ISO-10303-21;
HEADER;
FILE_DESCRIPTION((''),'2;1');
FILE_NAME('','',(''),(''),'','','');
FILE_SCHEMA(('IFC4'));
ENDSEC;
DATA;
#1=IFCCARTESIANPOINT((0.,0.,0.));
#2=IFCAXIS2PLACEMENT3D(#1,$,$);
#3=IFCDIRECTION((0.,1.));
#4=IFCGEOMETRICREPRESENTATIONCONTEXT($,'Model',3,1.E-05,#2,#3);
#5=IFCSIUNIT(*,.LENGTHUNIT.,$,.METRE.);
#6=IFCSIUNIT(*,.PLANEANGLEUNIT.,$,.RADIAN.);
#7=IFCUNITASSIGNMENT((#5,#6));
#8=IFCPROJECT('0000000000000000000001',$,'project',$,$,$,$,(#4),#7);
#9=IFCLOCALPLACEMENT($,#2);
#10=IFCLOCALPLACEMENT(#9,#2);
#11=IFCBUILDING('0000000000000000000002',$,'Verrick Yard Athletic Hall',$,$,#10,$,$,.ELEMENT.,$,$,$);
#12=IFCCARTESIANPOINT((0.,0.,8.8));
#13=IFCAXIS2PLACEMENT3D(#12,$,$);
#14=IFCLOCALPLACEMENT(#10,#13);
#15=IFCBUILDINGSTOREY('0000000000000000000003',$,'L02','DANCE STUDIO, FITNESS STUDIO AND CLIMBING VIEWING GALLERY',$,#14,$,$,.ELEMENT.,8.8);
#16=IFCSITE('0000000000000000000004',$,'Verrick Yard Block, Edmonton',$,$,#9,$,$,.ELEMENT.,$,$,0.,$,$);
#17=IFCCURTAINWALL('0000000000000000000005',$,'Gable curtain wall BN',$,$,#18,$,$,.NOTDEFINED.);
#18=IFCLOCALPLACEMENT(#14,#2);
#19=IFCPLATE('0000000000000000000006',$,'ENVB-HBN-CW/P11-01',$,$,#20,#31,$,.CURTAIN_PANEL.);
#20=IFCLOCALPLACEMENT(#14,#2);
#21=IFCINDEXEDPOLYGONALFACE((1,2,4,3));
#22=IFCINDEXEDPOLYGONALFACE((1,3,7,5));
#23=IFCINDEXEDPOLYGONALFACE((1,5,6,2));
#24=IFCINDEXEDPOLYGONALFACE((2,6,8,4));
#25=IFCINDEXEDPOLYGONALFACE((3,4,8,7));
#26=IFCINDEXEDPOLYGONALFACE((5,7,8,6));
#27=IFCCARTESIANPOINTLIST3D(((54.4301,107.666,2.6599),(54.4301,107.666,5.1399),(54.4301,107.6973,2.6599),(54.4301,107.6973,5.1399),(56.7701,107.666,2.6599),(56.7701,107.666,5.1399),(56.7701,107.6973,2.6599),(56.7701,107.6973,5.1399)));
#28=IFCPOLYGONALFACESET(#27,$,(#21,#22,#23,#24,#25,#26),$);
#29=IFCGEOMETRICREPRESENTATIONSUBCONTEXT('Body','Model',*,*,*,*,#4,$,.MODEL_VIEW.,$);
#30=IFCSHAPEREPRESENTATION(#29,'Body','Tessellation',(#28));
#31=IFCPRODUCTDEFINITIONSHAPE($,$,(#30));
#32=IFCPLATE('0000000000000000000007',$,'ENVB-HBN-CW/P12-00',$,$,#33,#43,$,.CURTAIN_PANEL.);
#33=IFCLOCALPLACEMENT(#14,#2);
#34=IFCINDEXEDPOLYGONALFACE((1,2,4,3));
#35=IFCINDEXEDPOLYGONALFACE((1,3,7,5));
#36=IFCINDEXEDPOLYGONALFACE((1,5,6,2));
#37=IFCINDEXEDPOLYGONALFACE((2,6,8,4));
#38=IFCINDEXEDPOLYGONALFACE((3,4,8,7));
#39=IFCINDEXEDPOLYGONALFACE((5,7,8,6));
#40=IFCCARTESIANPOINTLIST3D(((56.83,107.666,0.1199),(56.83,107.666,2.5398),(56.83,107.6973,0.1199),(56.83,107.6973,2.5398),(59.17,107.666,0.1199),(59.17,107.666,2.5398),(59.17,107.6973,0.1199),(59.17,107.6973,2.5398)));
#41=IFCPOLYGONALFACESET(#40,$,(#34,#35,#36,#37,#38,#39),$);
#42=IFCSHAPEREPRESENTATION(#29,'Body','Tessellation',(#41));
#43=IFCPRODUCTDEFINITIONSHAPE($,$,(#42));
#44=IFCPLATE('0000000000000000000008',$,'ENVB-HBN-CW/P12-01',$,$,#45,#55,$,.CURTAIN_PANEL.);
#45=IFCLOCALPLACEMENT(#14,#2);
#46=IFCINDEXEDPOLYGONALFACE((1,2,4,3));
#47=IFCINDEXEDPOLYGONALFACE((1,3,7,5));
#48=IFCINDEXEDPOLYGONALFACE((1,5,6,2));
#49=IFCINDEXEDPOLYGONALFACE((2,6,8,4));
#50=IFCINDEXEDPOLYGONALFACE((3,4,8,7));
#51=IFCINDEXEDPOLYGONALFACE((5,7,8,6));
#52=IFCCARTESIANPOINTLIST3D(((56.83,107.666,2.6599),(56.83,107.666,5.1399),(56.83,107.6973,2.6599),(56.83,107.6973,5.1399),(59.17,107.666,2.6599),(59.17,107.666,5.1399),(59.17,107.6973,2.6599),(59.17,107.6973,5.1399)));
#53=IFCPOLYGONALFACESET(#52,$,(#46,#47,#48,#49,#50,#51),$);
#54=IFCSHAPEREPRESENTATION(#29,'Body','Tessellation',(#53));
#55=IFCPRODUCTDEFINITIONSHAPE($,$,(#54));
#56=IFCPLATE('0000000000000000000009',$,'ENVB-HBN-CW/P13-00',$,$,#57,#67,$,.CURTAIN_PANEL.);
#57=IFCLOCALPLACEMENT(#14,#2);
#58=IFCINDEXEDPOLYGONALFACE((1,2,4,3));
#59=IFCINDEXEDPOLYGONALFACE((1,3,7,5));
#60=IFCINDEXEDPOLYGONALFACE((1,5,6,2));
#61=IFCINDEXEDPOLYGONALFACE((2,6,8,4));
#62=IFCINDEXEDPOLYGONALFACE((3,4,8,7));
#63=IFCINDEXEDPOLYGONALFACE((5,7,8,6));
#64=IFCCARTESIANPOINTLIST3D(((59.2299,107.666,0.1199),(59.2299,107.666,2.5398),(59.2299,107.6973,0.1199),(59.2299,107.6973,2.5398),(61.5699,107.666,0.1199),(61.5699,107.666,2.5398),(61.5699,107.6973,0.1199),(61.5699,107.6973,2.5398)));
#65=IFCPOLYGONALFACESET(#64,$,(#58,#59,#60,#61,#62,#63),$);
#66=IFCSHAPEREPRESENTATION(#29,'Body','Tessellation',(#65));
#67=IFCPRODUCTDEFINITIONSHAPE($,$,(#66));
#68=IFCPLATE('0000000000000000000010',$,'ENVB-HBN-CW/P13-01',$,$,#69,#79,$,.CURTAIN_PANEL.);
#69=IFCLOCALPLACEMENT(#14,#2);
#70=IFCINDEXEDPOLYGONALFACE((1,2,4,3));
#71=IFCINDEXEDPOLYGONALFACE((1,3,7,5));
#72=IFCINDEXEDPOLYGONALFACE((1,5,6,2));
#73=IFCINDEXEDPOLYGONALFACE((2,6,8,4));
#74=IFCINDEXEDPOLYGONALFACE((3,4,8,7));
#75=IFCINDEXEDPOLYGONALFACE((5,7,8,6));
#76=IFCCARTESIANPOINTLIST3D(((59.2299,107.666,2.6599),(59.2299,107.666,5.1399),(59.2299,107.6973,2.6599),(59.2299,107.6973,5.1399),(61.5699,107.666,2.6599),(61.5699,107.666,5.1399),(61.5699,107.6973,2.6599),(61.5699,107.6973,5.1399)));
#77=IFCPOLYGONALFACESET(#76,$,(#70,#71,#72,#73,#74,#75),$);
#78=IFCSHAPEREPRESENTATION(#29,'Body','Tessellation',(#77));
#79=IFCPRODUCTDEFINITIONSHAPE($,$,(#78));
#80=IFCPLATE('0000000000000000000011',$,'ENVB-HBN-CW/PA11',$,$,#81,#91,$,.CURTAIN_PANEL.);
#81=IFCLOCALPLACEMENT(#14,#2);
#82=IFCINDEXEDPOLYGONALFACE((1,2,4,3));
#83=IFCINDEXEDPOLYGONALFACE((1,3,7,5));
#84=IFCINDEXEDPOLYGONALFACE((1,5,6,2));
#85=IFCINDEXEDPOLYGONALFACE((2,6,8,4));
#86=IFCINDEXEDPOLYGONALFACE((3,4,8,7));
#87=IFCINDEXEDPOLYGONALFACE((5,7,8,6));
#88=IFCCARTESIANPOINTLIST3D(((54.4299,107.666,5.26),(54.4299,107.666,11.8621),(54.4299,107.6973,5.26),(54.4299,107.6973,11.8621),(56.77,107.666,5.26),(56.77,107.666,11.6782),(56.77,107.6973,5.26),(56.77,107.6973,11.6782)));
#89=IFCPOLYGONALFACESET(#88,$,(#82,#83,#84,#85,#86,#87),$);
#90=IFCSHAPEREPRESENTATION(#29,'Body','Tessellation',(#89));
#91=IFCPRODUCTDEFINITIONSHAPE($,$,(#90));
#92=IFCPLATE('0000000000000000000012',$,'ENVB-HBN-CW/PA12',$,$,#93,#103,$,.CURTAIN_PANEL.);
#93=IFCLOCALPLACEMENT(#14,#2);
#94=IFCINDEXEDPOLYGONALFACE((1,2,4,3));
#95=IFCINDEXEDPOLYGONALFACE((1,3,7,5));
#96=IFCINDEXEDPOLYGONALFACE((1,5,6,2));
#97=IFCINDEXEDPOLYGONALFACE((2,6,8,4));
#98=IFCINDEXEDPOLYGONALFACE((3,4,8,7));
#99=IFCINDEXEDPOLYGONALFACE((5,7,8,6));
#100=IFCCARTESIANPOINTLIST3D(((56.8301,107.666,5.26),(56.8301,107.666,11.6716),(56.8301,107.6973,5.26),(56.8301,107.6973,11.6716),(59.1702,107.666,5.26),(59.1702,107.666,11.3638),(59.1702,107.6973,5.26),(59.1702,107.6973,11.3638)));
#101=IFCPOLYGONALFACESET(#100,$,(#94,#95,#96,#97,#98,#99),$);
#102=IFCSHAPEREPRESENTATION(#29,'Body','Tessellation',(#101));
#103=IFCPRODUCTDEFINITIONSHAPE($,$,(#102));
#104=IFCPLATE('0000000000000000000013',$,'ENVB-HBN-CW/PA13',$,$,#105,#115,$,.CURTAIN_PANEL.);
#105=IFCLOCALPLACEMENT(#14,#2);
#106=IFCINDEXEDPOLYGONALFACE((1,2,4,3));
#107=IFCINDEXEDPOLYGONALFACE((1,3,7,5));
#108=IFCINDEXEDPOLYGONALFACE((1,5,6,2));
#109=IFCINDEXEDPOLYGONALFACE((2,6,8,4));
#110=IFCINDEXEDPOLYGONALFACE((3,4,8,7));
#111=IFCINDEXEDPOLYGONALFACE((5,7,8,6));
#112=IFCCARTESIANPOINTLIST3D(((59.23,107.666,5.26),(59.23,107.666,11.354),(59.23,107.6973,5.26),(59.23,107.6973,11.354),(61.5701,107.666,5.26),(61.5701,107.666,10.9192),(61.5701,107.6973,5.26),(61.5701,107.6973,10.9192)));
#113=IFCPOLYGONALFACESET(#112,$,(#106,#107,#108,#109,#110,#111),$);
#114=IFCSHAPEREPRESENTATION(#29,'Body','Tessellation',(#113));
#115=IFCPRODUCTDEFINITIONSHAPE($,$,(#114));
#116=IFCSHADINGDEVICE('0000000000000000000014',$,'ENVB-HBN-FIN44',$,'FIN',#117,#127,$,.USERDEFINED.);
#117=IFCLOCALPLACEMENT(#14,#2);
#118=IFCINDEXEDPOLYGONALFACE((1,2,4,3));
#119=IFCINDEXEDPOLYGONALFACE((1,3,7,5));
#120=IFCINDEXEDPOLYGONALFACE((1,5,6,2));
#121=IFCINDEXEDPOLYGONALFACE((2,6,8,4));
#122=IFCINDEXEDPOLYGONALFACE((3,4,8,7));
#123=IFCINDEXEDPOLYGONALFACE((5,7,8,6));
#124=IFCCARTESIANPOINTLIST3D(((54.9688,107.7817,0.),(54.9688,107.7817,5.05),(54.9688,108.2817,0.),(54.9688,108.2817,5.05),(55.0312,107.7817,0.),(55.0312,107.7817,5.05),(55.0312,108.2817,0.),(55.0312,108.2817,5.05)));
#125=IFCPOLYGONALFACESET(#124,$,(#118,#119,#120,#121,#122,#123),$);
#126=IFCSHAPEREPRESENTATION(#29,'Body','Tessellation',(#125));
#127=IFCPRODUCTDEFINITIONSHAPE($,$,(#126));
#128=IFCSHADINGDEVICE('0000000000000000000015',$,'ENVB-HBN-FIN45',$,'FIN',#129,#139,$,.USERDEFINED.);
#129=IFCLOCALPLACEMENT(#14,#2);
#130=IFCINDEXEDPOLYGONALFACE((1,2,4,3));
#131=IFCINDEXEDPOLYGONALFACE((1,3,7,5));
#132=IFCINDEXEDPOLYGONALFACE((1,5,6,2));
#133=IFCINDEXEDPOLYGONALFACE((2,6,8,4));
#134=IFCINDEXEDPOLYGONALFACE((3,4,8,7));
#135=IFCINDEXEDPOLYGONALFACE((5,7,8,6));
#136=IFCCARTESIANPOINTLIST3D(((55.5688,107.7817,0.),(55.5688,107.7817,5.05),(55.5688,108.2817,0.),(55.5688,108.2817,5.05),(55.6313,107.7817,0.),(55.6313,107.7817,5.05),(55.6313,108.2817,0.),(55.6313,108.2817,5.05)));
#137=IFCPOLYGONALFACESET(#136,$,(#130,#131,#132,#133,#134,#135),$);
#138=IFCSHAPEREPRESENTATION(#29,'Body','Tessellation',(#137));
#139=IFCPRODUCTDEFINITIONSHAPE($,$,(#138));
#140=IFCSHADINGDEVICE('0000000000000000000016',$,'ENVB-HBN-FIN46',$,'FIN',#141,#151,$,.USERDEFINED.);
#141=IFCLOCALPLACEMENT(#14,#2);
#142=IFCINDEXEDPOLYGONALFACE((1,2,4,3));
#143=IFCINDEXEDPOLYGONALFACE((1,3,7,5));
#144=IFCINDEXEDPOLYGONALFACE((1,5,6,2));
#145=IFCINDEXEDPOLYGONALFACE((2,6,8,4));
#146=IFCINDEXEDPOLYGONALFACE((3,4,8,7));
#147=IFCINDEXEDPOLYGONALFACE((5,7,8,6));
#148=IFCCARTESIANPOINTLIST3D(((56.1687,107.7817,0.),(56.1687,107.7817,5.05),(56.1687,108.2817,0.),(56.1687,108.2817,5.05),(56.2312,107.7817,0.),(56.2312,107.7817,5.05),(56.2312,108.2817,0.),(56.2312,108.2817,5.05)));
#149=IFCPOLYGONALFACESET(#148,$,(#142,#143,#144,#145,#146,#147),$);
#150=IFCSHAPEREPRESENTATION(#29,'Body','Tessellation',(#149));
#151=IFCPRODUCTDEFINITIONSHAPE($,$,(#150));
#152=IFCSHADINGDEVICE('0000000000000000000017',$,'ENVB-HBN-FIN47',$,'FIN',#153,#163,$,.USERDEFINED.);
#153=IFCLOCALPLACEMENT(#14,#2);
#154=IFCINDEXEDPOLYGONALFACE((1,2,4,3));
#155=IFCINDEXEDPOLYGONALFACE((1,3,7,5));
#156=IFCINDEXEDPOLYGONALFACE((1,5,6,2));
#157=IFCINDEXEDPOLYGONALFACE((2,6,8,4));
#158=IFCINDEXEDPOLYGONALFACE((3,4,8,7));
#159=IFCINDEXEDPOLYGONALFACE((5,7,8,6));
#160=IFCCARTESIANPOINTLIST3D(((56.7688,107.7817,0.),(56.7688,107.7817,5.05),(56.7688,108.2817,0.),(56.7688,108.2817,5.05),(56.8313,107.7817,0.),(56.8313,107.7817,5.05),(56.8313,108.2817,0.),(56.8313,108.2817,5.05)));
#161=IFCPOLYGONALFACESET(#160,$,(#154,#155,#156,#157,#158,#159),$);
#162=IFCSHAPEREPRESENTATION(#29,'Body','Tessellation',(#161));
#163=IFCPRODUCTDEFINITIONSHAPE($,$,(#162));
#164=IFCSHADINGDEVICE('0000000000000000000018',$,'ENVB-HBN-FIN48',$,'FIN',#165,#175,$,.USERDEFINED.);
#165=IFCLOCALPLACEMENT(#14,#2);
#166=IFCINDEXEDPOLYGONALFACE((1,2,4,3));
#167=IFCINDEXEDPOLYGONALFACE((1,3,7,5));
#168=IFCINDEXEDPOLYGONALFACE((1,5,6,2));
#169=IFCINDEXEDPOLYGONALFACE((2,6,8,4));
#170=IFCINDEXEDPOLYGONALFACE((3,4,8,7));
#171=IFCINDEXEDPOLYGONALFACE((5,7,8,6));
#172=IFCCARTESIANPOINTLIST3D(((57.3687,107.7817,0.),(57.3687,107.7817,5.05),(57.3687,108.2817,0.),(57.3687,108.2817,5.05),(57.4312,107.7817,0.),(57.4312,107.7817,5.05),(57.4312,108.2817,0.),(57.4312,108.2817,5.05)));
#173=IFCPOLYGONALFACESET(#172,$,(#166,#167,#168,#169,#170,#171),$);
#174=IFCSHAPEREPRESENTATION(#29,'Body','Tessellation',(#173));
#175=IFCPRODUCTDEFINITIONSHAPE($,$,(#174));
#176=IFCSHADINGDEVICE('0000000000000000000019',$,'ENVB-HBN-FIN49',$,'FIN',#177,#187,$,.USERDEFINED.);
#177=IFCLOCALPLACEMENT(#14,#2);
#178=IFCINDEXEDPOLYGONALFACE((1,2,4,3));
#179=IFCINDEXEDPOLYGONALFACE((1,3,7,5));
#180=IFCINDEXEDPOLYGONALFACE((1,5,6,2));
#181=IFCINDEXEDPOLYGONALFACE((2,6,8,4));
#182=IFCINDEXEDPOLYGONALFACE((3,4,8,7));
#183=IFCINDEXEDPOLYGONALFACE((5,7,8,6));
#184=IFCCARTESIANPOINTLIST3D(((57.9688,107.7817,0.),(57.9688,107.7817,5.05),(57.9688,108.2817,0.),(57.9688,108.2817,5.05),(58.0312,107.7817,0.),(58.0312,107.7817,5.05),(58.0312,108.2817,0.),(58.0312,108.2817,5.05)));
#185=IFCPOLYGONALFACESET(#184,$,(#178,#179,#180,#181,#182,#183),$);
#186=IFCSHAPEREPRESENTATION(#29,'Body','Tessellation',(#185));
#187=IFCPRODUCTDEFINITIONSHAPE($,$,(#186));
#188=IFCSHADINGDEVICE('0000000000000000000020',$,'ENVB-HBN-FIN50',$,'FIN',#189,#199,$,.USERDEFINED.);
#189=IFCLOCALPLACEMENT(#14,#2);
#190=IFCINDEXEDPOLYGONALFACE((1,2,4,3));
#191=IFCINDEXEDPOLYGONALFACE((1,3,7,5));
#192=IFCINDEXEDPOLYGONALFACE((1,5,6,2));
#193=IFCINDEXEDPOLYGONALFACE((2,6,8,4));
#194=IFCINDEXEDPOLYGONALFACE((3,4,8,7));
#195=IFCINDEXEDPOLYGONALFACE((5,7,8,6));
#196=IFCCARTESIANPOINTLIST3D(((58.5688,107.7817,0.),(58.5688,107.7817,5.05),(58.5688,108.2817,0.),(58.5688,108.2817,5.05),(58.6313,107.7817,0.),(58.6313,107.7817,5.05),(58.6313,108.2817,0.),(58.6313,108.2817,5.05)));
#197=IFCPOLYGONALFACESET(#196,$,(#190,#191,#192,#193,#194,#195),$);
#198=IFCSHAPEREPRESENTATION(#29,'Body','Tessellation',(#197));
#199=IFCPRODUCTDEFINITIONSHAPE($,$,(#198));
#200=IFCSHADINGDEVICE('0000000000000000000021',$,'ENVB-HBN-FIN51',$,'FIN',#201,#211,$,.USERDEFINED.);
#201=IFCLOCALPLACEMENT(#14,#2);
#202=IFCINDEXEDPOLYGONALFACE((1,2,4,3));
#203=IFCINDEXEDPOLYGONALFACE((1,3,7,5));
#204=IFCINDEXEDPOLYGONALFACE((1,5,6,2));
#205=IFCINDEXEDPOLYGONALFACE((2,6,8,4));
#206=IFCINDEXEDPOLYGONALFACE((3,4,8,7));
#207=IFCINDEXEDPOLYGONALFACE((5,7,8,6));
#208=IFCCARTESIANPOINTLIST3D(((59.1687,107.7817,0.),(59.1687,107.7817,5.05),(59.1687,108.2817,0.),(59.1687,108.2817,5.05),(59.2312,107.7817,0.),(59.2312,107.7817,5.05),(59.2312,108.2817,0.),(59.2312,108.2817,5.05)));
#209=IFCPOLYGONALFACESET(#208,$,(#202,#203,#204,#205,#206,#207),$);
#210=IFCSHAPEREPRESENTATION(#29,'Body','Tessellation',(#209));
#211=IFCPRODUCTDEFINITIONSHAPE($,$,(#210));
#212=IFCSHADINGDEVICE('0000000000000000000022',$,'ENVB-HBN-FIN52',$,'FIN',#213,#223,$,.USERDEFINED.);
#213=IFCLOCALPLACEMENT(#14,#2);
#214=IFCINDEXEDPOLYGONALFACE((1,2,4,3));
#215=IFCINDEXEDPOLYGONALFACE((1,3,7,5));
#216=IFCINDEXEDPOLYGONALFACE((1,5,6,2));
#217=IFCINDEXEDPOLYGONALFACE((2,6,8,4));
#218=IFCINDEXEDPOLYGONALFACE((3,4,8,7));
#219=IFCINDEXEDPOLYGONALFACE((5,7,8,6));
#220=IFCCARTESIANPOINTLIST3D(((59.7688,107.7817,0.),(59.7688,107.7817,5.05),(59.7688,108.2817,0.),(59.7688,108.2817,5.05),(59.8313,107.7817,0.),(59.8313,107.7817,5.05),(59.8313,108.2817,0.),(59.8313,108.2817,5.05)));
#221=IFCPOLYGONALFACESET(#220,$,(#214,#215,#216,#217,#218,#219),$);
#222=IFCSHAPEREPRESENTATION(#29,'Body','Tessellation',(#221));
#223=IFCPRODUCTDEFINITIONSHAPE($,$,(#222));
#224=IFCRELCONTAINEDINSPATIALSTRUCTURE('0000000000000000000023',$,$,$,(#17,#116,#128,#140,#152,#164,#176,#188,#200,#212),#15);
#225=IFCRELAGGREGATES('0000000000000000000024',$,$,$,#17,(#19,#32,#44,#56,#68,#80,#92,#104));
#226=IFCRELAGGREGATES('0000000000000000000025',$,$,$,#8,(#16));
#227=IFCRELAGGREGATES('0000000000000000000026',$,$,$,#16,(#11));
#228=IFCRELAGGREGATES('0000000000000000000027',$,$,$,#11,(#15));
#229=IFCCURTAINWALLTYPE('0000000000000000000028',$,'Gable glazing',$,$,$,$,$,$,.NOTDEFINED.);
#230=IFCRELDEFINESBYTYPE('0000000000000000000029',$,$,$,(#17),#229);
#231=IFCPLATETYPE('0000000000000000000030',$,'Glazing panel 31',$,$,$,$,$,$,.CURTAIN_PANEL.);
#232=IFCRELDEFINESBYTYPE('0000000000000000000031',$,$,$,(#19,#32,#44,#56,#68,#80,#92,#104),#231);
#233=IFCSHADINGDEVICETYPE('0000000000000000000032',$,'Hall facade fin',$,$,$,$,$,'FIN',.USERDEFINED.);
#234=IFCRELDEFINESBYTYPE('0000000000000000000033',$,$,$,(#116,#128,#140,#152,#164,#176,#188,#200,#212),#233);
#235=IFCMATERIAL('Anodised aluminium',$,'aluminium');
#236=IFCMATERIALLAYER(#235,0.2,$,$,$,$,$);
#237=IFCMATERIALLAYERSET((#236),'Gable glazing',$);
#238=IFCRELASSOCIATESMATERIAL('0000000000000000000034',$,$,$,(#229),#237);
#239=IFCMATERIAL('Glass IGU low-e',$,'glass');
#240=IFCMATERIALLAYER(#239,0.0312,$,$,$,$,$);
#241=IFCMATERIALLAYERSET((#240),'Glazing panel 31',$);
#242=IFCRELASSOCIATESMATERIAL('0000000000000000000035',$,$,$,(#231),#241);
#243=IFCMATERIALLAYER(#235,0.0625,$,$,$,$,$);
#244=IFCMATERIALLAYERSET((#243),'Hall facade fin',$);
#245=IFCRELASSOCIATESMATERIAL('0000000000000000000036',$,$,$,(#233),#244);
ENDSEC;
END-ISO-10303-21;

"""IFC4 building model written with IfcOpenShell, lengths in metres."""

from ifc_helpers import new_model, si_unit, direction, frame, origin, origin_2d, place, context, subcontext, project, spatial, polyline, rectangle, outline, extrude, material, layer, layer_set, type_object, element, aggregate, save


model = new_model("IFC4")

# Units and contexts
model_context = context("Model", 3, precision=1e-05, world=origin(), true_north=direction((0.0, 1.0)))
body_context = subcontext(model_context, "Body", "Model", "MODEL_VIEW")
ifc_project = project(units=[si_unit("LENGTHUNIT", "METRE"), si_unit("PLANEANGLEUNIT", "RADIAN")], contexts=[model_context])

# Site, building, storey
site_placement = place(None, origin())
site = spatial("IfcSite", under=ifc_project, at=site_placement, Name="Verrick Yard Block, Edmonton", CompositionType="ELEMENT", RefElevation=0.0)
building_placement = place(site_placement, origin())
building = spatial("IfcBuilding", under=site, at=building_placement, Name="Verrick Yard Athletic Hall", CompositionType="ELEMENT")
storey_placement = place(building_placement, frame((0.0, 0.0, 8.8)))
storey = spatial("IfcBuildingStorey", under=building, at=storey_placement, Name="L02", Description="DANCE STUDIO, FITNESS STUDIO AND CLIMBING VIEWING GALLERY", CompositionType="ELEMENT", Elevation=8.8)

# Curtain wall, plates
ifc_material_1 = material(Name="Anodised aluminium", Category="aluminium")
ifc_layer_1 = layer(ifc_material_1, 0.2)
ifc_layer_set_1 = layer_set([ifc_layer_1], Name="Gable glazing")
curtain_wall_type = type_object("IfcCurtainWallType", Name="Gable glazing", PredefinedType="NOTDEFINED", material=ifc_layer_set_1)
curtain_wall_placement = place(storey_placement, origin())
curtain_wall = element("IfcCurtainWall", 1, at=curtain_wall_placement, inside=storey, type_object=curtain_wall_type, Name="Gable curtain wall BN", PredefinedType="NOTDEFINED")
ifc_material_2 = material(Name="Glass IGU low-e", Category="glass")
ifc_layer_2 = layer(ifc_material_2, 0.0312)
ifc_layer_set_2 = layer_set([ifc_layer_2], Name="Glazing panel 31")
plate_type = type_object("IfcPlateType", Name="Glazing panel 31", PredefinedType="CURTAIN_PANEL", material=ifc_layer_set_2)
plate_1_placement = place(storey_placement, frame((55.6001, 107.6816, 2.6599), z_axis=(0.0, 0.0, 1.0), x_axis=(1.0, 0.0, 0.0)))
plate_1 = element("IfcPlate", 2, at=plate_1_placement, type_object=plate_type, Name="ENVB-HBN-CW/P11-01", PredefinedType="CURTAIN_PANEL", context=body_context, shape_type="SweptSolid", body=[
    extrude(rectangle(XDim=2.3401, YDim=0.0312, at=origin_2d()), origin(), (0.0, 0.0, 1.0), 2.48),
])
plate_2_placement = place(storey_placement, frame((58.0, 107.6816, 0.1199), z_axis=(0.0, 0.0, 1.0), x_axis=(1.0, 0.0, 0.0)))
plate_2 = element("IfcPlate", 3, at=plate_2_placement, type_object=plate_type, Name="ENVB-HBN-CW/P12-00", PredefinedType="CURTAIN_PANEL", context=body_context, shape_type="SweptSolid", body=[
    extrude(rectangle(XDim=2.3401, YDim=0.0312, at=origin_2d()), origin(), (0.0, 0.0, 1.0), 2.4199),
])
plate_3_placement = place(storey_placement, frame((58.0, 107.6816, 2.6599), z_axis=(0.0, 0.0, 1.0), x_axis=(1.0, 0.0, 0.0)))
plate_3 = element("IfcPlate", 4, at=plate_3_placement, type_object=plate_type, Name="ENVB-HBN-CW/P12-01", PredefinedType="CURTAIN_PANEL", context=body_context, shape_type="SweptSolid", body=[
    extrude(rectangle(XDim=2.3401, YDim=0.0312, at=origin_2d()), origin(), (0.0, 0.0, 1.0), 2.48),
])
plate_4_placement = place(storey_placement, frame((60.3999, 107.6816, 0.1199), z_axis=(0.0, 0.0, 1.0), x_axis=(1.0, 0.0, 0.0)))
plate_4 = element("IfcPlate", 5, at=plate_4_placement, type_object=plate_type, Name="ENVB-HBN-CW/P13-00", PredefinedType="CURTAIN_PANEL", context=body_context, shape_type="SweptSolid", body=[
    extrude(rectangle(XDim=2.3401, YDim=0.0312, at=origin_2d()), origin(), (0.0, 0.0, 1.0), 2.4199),
])
plate_5_placement = place(storey_placement, frame((60.3999, 107.6816, 2.6599), z_axis=(0.0, 0.0, 1.0), x_axis=(1.0, 0.0, 0.0)))
plate_5 = element("IfcPlate", 6, at=plate_5_placement, type_object=plate_type, Name="ENVB-HBN-CW/P13-01", PredefinedType="CURTAIN_PANEL", context=body_context, shape_type="SweptSolid", body=[
    extrude(rectangle(XDim=2.3401, YDim=0.0312, at=origin_2d()), origin(), (0.0, 0.0, 1.0), 2.48),
])
plate_6_placement = place(storey_placement, frame((54.4299, 107.6816, 5.26), z_axis=(0.0, 0.0, 1.0), x_axis=(1.0, 0.0, 0.0)))
plate_6 = element("IfcPlate", 7, at=plate_6_placement, type_object=plate_type, Name="ENVB-HBN-CW/PA11", PredefinedType="CURTAIN_PANEL", context=body_context, shape_type="SweptSolid", body=[
    extrude(outline(polyline([(0.0, 6.6021), (2.3401, 6.4182), (2.3401, 0.0), (0.0, 0.0), (0.0, 6.6021)])), frame((0.0, 0.0156, 0.0), z_axis=(0.0, -1.0, 0.0), x_axis=(1.0, 0.0, 0.0)), (0.0, 0.0, 1.0), 0.0312),
])
plate_7_placement = place(storey_placement, frame((56.8301, 107.6816, 5.26), z_axis=(0.0, 0.0, 1.0), x_axis=(1.0, 0.0, 0.0)))
plate_7 = element("IfcPlate", 8, at=plate_7_placement, type_object=plate_type, Name="ENVB-HBN-CW/PA12", PredefinedType="CURTAIN_PANEL", context=body_context, shape_type="SweptSolid", body=[
    extrude(outline(polyline([(0.0, 6.4116), (2.3401, 6.1038), (2.3401, 0.0), (0.0, 0.0), (0.0, 6.4116)])), frame((0.0, 0.0156, 0.0), z_axis=(0.0, -1.0, 0.0), x_axis=(1.0, 0.0, 0.0)), (0.0, 0.0, 1.0), 0.0312),
])
plate_8_placement = place(storey_placement, frame((59.23, 107.6816, 5.26), z_axis=(0.0, 0.0, 1.0), x_axis=(1.0, 0.0, 0.0)))
plate_8 = element("IfcPlate", 9, at=plate_8_placement, type_object=plate_type, Name="ENVB-HBN-CW/PA13", PredefinedType="CURTAIN_PANEL", context=body_context, shape_type="SweptSolid", body=[
    extrude(outline(polyline([(0.0, 6.094), (2.3401, 5.6592), (2.3401, 0.0), (0.0, 0.0), (0.0, 6.094)])), frame((0.0, 0.0156, 0.0), z_axis=(0.0, -1.0, 0.0), x_axis=(1.0, 0.0, 0.0)), (0.0, 0.0, 1.0), 0.0312),
])
aggregate(curtain_wall, [plate_1, plate_2, plate_3, plate_4, plate_5, plate_6, plate_7, plate_8])

# Shading devices
ifc_layer_3 = layer(ifc_material_1, 0.0625)
ifc_layer_set_3 = layer_set([ifc_layer_3], Name="Hall facade fin")
shading_device_type = type_object("IfcShadingDeviceType", Name="Hall facade fin", ElementType="FIN", PredefinedType="USERDEFINED", material=ifc_layer_set_3)
for number, where, z_axis, x_axis, name in (
    (10, (55.0, 107.7817, 0.0), (0.0, 0.0, 1.0), (0.0, 1.0, 0.0), "ENVB-HBN-FIN44"),
    (11, (55.6001, 107.7817, 0.0), (0.0, 0.0, 1.0), (0.0, 1.0, 0.0), "ENVB-HBN-FIN45"),
    (12, (56.2, 107.7817, 0.0), (0.0, 0.0, 1.0), (0.0, 1.0, 0.0), "ENVB-HBN-FIN46"),
    (13, (56.8, 107.7817, 0.0), (0.0, 0.0, 1.0), (0.0, 1.0, 0.0), "ENVB-HBN-FIN47"),
    (14, (57.3999, 107.7817, 0.0), (0.0, 0.0, 1.0), (0.0, 1.0, 0.0), "ENVB-HBN-FIN48"),
    (15, (58.0, 107.7817, 0.0), (0.0, 0.0, 1.0), (0.0, 1.0, 0.0), "ENVB-HBN-FIN49"),
    (16, (58.6001, 107.7817, 0.0), (0.0, 0.0, 1.0), (0.0, 1.0, 0.0), "ENVB-HBN-FIN50"),
    (17, (59.2, 107.7817, 0.0), (0.0, 0.0, 1.0), (0.0, 1.0, 0.0), "ENVB-HBN-FIN51"),
    (18, (59.8, 107.7817, 0.0), (0.0, 0.0, 1.0), (0.0, 1.0, 0.0), "ENVB-HBN-FIN52"),
):
    element("IfcShadingDevice", number, at=place(storey_placement, frame(where, z_axis=z_axis, x_axis=x_axis)), inside=storey, type_object=shading_device_type, Name=name, ObjectType="FIN", PredefinedType="USERDEFINED", context=body_context, shape_type="SweptSolid", body=[
        extrude(outline(polyline([(0.0, 0.0), (0.5, 0.0), (0.5, 5.05), (0.0, 5.05), (0.0, 0.0)])), frame((0.0, 0.0312, 0.0), z_axis=(0.0, -1.0, 0.0), x_axis=(1.0, 0.0, 0.0)), (0.0, 0.0, 1.0), 0.0625),
    ])

save(model, "model.ifc")
